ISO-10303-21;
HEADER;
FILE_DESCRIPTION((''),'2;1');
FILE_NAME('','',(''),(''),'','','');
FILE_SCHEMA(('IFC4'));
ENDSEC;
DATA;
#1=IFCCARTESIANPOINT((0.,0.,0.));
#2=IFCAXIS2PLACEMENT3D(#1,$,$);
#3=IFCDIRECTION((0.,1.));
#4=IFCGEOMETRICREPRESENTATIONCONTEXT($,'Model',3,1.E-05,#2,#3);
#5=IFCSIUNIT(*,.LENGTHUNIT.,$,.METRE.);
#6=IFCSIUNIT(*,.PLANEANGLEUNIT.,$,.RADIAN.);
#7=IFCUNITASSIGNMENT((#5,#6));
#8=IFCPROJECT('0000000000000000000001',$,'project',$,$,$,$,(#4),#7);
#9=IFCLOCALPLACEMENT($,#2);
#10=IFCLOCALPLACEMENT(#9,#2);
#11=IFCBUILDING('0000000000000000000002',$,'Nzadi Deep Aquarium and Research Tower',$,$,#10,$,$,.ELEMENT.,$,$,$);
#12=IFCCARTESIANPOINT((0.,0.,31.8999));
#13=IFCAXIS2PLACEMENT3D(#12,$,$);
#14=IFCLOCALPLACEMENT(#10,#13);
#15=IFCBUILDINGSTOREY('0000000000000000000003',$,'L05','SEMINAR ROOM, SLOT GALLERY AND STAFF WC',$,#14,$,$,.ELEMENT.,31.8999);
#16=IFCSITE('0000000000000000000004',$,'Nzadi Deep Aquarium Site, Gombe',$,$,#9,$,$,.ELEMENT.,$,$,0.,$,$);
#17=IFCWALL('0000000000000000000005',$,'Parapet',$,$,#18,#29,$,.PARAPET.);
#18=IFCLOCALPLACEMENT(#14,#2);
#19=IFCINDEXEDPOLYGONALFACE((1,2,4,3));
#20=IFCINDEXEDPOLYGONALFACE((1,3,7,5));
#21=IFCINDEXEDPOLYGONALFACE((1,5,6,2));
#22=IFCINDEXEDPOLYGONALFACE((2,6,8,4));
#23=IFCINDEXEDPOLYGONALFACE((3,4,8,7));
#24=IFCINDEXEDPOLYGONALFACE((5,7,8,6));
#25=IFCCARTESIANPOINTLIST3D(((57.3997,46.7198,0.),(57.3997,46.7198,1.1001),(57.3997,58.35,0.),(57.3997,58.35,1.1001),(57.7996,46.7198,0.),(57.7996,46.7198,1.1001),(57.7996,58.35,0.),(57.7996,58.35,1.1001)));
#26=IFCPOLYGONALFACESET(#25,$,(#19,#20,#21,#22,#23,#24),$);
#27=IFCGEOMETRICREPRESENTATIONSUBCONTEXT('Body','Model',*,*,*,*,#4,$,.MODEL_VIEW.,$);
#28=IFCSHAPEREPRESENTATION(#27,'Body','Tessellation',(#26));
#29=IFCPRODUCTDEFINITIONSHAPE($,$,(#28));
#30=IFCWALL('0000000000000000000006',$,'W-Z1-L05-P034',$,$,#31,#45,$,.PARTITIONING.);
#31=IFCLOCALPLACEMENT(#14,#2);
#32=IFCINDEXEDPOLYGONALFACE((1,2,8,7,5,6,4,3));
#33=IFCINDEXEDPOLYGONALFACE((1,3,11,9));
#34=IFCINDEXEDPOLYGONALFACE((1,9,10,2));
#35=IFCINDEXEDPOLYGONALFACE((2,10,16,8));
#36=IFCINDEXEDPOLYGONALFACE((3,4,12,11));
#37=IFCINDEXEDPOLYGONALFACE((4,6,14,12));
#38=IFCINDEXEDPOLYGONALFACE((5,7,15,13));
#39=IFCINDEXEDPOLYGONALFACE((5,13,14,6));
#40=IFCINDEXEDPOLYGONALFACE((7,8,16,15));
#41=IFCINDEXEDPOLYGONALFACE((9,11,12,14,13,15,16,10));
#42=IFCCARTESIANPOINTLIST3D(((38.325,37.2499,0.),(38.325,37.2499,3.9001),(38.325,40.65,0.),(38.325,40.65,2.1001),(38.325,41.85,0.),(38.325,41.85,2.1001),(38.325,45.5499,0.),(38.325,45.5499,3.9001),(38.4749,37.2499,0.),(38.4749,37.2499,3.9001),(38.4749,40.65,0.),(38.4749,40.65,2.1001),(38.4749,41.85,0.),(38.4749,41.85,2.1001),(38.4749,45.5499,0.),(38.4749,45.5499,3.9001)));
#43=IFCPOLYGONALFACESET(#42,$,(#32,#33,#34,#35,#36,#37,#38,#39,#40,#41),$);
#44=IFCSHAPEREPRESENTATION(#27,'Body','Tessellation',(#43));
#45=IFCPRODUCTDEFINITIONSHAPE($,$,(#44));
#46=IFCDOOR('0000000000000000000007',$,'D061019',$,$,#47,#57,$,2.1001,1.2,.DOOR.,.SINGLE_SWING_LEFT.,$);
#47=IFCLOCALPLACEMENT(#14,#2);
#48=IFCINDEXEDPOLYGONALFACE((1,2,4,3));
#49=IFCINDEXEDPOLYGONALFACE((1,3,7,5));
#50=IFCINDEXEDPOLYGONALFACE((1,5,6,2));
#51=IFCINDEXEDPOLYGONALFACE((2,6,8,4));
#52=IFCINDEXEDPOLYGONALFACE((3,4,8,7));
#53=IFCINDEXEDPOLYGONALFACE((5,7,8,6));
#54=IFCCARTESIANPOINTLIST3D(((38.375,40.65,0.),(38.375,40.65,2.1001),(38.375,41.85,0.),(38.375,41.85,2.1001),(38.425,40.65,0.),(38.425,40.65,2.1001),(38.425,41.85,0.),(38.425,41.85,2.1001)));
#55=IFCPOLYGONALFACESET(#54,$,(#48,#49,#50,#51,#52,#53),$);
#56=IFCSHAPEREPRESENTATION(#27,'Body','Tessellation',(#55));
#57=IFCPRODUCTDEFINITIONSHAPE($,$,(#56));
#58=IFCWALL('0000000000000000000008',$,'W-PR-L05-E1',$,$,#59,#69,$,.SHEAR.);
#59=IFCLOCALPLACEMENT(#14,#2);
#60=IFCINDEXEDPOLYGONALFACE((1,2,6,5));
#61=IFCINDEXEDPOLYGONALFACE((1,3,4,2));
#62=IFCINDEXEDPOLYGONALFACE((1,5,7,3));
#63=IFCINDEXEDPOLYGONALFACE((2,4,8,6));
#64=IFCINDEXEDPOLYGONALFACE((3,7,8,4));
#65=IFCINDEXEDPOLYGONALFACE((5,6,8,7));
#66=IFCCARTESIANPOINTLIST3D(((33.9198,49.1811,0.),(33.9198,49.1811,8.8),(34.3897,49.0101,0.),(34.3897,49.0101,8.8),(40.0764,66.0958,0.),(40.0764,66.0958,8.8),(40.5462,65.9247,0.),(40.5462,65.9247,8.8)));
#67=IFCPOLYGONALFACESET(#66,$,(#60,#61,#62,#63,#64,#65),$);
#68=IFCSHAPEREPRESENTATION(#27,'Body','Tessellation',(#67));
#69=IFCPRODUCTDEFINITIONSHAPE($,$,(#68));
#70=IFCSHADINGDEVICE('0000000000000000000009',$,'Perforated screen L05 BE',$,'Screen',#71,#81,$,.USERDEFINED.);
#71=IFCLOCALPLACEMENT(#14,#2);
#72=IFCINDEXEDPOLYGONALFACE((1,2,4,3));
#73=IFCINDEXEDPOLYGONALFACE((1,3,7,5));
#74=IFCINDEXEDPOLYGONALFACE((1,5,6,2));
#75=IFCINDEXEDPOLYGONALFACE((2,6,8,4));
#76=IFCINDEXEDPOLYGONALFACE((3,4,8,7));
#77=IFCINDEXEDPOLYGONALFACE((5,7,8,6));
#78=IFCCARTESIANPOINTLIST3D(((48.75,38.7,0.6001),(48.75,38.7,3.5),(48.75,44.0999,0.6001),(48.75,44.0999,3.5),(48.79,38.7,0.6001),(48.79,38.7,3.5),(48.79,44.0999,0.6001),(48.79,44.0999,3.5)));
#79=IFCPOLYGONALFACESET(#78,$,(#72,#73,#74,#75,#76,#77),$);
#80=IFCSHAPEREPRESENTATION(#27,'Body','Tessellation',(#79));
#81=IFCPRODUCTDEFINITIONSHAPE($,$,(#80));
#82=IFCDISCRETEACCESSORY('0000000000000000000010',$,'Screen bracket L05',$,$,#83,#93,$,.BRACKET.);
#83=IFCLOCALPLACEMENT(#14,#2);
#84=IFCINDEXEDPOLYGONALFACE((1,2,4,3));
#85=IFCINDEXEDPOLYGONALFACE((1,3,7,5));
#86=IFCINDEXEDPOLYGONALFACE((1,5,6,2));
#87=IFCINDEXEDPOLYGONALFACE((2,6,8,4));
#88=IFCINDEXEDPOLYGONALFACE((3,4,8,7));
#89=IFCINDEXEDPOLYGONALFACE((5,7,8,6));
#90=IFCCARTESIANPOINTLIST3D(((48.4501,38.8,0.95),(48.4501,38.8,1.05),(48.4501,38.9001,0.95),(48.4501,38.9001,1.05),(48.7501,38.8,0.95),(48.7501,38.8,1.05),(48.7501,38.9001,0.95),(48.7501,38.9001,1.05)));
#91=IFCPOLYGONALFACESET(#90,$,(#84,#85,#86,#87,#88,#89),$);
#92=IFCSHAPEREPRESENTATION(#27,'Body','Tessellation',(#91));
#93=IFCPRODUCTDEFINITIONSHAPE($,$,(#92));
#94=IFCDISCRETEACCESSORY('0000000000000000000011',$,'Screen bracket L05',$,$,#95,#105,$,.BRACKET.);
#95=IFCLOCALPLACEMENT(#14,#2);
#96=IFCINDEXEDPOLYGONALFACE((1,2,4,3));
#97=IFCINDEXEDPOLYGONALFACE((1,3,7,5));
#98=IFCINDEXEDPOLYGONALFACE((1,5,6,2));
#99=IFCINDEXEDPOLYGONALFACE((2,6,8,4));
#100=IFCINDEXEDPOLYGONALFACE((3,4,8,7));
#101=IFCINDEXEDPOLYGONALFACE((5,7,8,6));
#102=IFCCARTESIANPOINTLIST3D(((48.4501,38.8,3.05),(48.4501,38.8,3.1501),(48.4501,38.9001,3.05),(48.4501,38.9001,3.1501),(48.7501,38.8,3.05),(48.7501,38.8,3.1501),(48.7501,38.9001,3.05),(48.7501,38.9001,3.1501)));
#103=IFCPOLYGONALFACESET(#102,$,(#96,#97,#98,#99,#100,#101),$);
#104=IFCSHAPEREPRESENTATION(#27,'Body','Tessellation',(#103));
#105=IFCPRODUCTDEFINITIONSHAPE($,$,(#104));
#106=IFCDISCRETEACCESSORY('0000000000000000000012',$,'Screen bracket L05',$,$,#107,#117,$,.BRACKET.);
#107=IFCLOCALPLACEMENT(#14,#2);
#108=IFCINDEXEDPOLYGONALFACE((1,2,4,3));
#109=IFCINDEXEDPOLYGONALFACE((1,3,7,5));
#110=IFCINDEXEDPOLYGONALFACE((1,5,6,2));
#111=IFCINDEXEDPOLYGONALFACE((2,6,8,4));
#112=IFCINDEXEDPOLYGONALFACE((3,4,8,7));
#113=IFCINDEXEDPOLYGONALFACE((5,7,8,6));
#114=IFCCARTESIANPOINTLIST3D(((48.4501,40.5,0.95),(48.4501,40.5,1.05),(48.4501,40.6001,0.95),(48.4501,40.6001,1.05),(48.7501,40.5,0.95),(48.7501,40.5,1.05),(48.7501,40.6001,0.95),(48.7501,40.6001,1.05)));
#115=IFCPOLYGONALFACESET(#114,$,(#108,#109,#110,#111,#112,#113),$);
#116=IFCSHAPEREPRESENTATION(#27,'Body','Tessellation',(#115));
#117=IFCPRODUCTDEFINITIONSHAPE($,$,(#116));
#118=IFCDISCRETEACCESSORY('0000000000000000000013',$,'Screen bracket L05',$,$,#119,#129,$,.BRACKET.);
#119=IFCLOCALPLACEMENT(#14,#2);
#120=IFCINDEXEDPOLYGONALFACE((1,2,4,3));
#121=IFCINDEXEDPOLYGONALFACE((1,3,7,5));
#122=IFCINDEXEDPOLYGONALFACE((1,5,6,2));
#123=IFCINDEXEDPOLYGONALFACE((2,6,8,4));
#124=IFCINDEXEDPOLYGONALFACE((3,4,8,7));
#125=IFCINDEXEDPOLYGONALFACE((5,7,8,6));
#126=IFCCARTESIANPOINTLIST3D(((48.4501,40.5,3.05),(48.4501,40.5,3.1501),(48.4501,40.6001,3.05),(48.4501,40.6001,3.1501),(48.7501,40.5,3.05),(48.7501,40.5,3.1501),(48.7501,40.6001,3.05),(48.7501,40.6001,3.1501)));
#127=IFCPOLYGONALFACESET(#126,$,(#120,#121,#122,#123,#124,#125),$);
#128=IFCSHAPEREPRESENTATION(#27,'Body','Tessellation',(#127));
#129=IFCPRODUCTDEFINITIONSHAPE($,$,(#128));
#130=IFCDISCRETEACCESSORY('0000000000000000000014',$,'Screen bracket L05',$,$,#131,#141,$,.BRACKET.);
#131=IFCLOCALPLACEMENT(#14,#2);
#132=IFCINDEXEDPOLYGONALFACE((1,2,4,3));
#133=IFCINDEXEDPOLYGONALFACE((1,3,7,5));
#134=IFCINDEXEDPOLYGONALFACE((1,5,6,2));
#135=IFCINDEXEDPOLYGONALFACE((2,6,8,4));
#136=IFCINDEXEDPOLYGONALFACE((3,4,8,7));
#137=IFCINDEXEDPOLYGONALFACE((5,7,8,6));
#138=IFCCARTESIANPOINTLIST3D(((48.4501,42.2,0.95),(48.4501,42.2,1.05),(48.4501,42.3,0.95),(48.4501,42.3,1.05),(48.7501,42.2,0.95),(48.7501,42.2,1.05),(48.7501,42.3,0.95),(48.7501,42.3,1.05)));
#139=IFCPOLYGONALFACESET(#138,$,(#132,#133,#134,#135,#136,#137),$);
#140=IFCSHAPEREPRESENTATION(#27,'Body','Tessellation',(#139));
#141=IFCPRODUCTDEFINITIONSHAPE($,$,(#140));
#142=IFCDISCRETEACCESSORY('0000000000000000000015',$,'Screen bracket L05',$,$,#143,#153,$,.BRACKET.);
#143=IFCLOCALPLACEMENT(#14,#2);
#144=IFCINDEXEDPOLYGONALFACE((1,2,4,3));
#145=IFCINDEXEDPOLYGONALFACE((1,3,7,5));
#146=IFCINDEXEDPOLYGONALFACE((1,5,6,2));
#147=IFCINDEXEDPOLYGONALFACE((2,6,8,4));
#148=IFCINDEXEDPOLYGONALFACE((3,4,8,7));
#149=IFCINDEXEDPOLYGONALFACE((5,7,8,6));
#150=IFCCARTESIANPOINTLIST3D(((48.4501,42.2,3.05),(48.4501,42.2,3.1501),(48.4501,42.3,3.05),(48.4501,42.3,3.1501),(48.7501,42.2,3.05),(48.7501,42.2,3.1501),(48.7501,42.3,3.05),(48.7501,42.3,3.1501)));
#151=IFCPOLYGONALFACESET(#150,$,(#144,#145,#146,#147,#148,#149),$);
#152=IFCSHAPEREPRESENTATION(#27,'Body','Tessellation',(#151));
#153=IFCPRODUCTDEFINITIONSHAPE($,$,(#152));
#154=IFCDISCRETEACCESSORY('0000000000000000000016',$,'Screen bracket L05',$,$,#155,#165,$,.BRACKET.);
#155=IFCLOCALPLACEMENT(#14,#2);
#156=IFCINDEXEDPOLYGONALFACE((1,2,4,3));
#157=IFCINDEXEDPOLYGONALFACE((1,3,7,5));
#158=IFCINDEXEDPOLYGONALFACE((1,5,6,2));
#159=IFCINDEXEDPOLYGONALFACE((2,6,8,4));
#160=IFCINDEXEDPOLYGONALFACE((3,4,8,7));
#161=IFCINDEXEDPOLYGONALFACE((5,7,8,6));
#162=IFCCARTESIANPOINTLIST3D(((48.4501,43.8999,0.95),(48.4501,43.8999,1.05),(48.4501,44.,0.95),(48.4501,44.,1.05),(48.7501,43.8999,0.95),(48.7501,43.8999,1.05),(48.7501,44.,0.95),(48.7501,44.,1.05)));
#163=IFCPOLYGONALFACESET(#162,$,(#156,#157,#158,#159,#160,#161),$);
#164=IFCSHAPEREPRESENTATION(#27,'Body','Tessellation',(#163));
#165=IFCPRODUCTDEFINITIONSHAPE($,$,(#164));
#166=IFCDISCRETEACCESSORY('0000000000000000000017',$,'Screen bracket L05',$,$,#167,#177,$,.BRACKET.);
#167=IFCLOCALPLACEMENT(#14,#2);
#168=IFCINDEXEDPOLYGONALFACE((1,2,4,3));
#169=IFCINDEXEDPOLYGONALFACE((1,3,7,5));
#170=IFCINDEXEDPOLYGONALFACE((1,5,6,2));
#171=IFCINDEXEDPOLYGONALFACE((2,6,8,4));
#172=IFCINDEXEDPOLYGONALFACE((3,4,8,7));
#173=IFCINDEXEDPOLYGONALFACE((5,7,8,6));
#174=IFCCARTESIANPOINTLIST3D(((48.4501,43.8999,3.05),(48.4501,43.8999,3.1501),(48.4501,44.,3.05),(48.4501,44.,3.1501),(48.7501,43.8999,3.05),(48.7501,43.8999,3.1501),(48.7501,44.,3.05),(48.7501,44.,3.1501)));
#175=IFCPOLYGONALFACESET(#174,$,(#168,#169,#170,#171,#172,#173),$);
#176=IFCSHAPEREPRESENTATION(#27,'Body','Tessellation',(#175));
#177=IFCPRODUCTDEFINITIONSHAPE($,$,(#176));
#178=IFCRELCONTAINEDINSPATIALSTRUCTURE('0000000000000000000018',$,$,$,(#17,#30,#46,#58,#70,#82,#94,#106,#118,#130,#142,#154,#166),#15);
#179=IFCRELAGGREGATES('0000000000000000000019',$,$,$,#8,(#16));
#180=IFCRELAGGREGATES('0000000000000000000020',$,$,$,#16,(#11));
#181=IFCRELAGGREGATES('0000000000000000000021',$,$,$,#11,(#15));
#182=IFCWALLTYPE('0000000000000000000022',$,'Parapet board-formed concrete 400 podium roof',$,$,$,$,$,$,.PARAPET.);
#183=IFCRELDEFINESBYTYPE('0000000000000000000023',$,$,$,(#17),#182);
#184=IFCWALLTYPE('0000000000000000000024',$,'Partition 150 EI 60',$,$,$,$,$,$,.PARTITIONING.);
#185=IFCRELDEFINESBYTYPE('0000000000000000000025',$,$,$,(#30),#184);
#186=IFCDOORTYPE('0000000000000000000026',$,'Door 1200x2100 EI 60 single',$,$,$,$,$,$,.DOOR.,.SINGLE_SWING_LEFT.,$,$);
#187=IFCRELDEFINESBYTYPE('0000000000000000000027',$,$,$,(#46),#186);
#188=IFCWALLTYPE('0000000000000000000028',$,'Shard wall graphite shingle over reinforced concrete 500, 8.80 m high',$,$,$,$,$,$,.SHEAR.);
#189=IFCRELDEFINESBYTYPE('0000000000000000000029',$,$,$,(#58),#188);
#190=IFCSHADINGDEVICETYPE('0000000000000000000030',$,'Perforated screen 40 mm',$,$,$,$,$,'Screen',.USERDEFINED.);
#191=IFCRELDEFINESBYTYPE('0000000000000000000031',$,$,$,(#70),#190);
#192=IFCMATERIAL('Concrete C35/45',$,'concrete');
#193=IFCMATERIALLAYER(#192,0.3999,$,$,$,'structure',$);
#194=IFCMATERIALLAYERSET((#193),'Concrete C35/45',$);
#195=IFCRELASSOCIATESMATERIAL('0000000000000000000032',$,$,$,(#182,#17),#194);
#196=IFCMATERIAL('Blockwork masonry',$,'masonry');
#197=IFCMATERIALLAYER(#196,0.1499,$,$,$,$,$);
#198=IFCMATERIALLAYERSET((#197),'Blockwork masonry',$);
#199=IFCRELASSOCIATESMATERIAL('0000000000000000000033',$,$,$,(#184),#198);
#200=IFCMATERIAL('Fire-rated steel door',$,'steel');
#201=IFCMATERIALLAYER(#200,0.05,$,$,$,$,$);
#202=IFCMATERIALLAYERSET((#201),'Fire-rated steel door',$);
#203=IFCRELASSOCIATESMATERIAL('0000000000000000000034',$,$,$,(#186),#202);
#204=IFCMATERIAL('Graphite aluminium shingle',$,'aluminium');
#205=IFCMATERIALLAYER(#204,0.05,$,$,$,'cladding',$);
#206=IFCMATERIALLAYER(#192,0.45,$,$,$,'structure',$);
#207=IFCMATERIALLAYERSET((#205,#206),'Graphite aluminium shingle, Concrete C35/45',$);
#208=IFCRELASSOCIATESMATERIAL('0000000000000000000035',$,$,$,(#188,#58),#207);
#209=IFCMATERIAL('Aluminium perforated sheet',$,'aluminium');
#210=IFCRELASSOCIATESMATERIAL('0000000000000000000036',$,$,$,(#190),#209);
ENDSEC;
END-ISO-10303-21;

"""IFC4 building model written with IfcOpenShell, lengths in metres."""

from ifc_helpers import new_model, si_unit, direction, frame, frame_2d, origin, origin_2d, place, context, subcontext, project, spatial, rectangle, extrude, material, layer, layer_set, layer_usage, type_object, element, fill, save


model = new_model("IFC4")

# Units and contexts
model_context = context("Model", 3, precision=1e-05, world=origin(), true_north=direction((0.0, 1.0)))
body_context = subcontext(model_context, "Body", "Model", "MODEL_VIEW")
ifc_project = project(units=[si_unit("LENGTHUNIT", "METRE"), si_unit("PLANEANGLEUNIT", "RADIAN")], contexts=[model_context])

# Site, building, storey
site_placement = place(None, origin())
site = spatial("IfcSite", under=ifc_project, at=site_placement, Name="Nzadi Deep Aquarium Site, Gombe", CompositionType="ELEMENT", RefElevation=0.0)
building_placement = place(site_placement, origin())
building = spatial("IfcBuilding", under=site, at=building_placement, Name="Nzadi Deep Aquarium and Research Tower", CompositionType="ELEMENT")
storey_placement = place(building_placement, frame((0.0, 0.0, 31.8999)))
storey = spatial("IfcBuildingStorey", under=building, at=storey_placement, Name="L05", Description="SEMINAR ROOM, SLOT GALLERY AND STAFF WC", CompositionType="ELEMENT", Elevation=31.8999)

# Shared definitions
ifc_material_1 = material(Name="Concrete C35/45", Category="concrete")

# Wall
ifc_material_2 = material(Name="Graphite aluminium shingle", Category="aluminium")
ifc_layer_1 = layer(ifc_material_1, 0.3999, Category="structure")
ifc_layer_set_1 = layer_set([ifc_layer_1], Name="Concrete C35/45")
ifc_layer_usage_1 = layer_usage(ifc_layer_set_1, "AXIS2", "POSITIVE", -0.2)
wall_type_1 = type_object("IfcWallType", Name="Parapet board-formed concrete 400 podium roof", PredefinedType="PARAPET", material=ifc_layer_set_1)
wall_1_placement = place(storey_placement, frame((57.5996, 46.72, 0.0), z_axis=(0.0, 0.0, 1.0), x_axis=(0.0, 1.0, 0.0)))
element("IfcWall", 1, at=wall_1_placement, inside=storey, type_object=wall_type_1, material=ifc_layer_usage_1, Name="Parapet", PredefinedType="PARAPET", context=body_context, shape_type="SweptSolid", body=[
    extrude(rectangle(XDim=11.6301, YDim=0.3999, at=frame_2d((5.8149, 0.0))), origin(), (0.0, 0.0, 1.0), 1.1001),
])

# Wall, opening, door
ifc_material_3 = material(Name="Blockwork masonry", Category="masonry")
ifc_layer_2 = layer(ifc_material_3, 0.1499)
ifc_layer_set_2 = layer_set([ifc_layer_2], Name="Blockwork masonry")
wall_type_2 = type_object("IfcWallType", Name="Partition 150 EI 60", PredefinedType="PARTITIONING", material=ifc_layer_set_2)
wall_2_placement = place(storey_placement, frame((38.3999, 37.25, 0.0), z_axis=(0.0, 0.0, 1.0), x_axis=(0.0, 1.0, 0.0)))
wall_2 = element("IfcWall", 2, at=wall_2_placement, inside=storey, type_object=wall_type_2, Name="W-Z1-L05-P034", PredefinedType="PARTITIONING", context=body_context, shape_type="SweptSolid", body=[
    extrude(rectangle(XDim=8.3, YDim=0.1499, at=frame_2d((4.1499, 0.0))), origin(), (0.0, 0.0, 1.0), 3.9001),
])
opening_1_placement = place(wall_2_placement, frame((3.3999, 0.0, 0.0)))
opening_1 = element("IfcOpeningElement", 3, at=opening_1_placement, cuts=wall_2, PredefinedType="OPENING", context=body_context, shape_type="SweptSolid", body=[
    extrude(rectangle(XDim=1.2, YDim=2.1001, at=frame_2d((0.6001, 1.05))), frame((0.0, 0.085, 0.0), z_axis=(0.0, -1.0, 0.0), x_axis=(1.0, 0.0, 0.0)), (0.0, 0.0, 1.0), 0.1699),
])
ifc_material_4 = material(Name="Fire-rated steel door", Category="steel")
ifc_layer_3 = layer(ifc_material_4, 0.05)
ifc_layer_set_3 = layer_set([ifc_layer_3], Name="Fire-rated steel door")
door_type = type_object("IfcDoorType", Name="Door 1200x2100 EI 60 single", OperationType="SINGLE_SWING_LEFT", PredefinedType="DOOR", material=ifc_layer_set_3)
door_placement = place(opening_1_placement, origin())
door = element("IfcDoor", 4, at=door_placement, inside=storey, type_object=door_type, Name="D061019", OperationType="SINGLE_SWING_LEFT", OverallHeight=2.1001, OverallWidth=1.2, PredefinedType="DOOR", context=body_context, shape_type="SweptSolid", body=[
    extrude(rectangle(XDim=1.2, YDim=2.1001, at=frame_2d((0.6001, 1.05))), frame((0.0, 0.0249, 0.0), z_axis=(0.0, -1.0, 0.0), x_axis=(1.0, 0.0, 0.0)), (0.0, 0.0, 1.0), 0.05),
])
fill(opening_1, door)

# Wall
ifc_layer_4 = layer(ifc_material_2, 0.05, Category="cladding")
ifc_layer_5 = layer(ifc_material_1, 0.45, Category="structure")
ifc_layer_set_4 = layer_set([ifc_layer_4, ifc_layer_5], Name="Graphite aluminium shingle, Concrete C35/45")
ifc_layer_usage_2 = layer_usage(ifc_layer_set_4, "AXIS2", "POSITIVE", -0.25)
wall_type_3 = type_object("IfcWallType", Name="Shard wall graphite shingle over reinforced concrete 500, 8.80 m high", PredefinedType="SHEAR", material=ifc_layer_set_4)
wall_3_placement = place(storey_placement, frame((34.1548, 49.0957, 0.0), z_axis=(0.0, 0.0, 1.0), x_axis=(0.342025, 0.939691, 0.0)))
element("IfcWall", 5, at=wall_3_placement, inside=storey, type_object=wall_type_3, material=ifc_layer_usage_2, Name="W-PR-L05-E1", PredefinedType="SHEAR", context=body_context, shape_type="SweptSolid", body=[
    extrude(rectangle(XDim=18.0002, YDim=0.5, at=frame_2d((9.0, 0.0))), origin(), (0.0, 0.0, 1.0), 8.8),
])

# Shading device
ifc_material_5 = material(Name="Aluminium perforated sheet", Category="aluminium")
shading_device_type = type_object("IfcShadingDeviceType", Name="Perforated screen 40 mm", ElementType="Screen", PredefinedType="USERDEFINED", material=ifc_material_5)
shading_device_placement = place(storey_placement, frame((48.77, 41.3999, 0.6001), z_axis=(0.0, 0.0, 1.0), x_axis=(1.0, 0.0, 0.0)))
element("IfcShadingDevice", 6, at=shading_device_placement, inside=storey, type_object=shading_device_type, Name="Perforated screen L05 BE", ObjectType="Screen", PredefinedType="USERDEFINED", context=body_context, shape_type="SweptSolid", body=[
    extrude(rectangle(XDim=0.04, YDim=5.3999, at=origin_2d()), origin(), (0.0, 0.0, 1.0), 2.8999),
])

# Discrete accessories
for number, where, z_axis, x_axis, name in (
    (7, (48.6001, 38.8501, 0.95), (0.0, 0.0, 1.0), (1.0, 0.0, 0.0), "Screen bracket L05"),
    (8, (48.6001, 38.8501, 3.05), (0.0, 0.0, 1.0), (1.0, 0.0, 0.0), "Screen bracket L05"),
    (9, (48.6001, 40.55, 0.95), (0.0, 0.0, 1.0), (1.0, 0.0, 0.0), "Screen bracket L05"),
    (10, (48.6001, 40.55, 3.05), (0.0, 0.0, 1.0), (1.0, 0.0, 0.0), "Screen bracket L05"),
    (11, (48.6001, 42.25, 0.95), (0.0, 0.0, 1.0), (1.0, 0.0, 0.0), "Screen bracket L05"),
    (12, (48.6001, 42.25, 3.05), (0.0, 0.0, 1.0), (1.0, 0.0, 0.0), "Screen bracket L05"),
    (13, (48.6001, 43.95, 0.95), (0.0, 0.0, 1.0), (1.0, 0.0, 0.0), "Screen bracket L05"),
    (14, (48.6001, 43.95, 3.05), (0.0, 0.0, 1.0), (1.0, 0.0, 0.0), "Screen bracket L05"),
):
    element("IfcDiscreteAccessory", number, at=place(storey_placement, frame(where, z_axis=z_axis, x_axis=x_axis)), inside=storey, Name=name, PredefinedType="BRACKET", context=body_context, shape_type="SweptSolid", body=[
        extrude(rectangle(XDim=0.3, YDim=0.1001, at=origin_2d()), origin(), (0.0, 0.0, 1.0), 0.1001),
    ])

save(model, "model.ifc")
